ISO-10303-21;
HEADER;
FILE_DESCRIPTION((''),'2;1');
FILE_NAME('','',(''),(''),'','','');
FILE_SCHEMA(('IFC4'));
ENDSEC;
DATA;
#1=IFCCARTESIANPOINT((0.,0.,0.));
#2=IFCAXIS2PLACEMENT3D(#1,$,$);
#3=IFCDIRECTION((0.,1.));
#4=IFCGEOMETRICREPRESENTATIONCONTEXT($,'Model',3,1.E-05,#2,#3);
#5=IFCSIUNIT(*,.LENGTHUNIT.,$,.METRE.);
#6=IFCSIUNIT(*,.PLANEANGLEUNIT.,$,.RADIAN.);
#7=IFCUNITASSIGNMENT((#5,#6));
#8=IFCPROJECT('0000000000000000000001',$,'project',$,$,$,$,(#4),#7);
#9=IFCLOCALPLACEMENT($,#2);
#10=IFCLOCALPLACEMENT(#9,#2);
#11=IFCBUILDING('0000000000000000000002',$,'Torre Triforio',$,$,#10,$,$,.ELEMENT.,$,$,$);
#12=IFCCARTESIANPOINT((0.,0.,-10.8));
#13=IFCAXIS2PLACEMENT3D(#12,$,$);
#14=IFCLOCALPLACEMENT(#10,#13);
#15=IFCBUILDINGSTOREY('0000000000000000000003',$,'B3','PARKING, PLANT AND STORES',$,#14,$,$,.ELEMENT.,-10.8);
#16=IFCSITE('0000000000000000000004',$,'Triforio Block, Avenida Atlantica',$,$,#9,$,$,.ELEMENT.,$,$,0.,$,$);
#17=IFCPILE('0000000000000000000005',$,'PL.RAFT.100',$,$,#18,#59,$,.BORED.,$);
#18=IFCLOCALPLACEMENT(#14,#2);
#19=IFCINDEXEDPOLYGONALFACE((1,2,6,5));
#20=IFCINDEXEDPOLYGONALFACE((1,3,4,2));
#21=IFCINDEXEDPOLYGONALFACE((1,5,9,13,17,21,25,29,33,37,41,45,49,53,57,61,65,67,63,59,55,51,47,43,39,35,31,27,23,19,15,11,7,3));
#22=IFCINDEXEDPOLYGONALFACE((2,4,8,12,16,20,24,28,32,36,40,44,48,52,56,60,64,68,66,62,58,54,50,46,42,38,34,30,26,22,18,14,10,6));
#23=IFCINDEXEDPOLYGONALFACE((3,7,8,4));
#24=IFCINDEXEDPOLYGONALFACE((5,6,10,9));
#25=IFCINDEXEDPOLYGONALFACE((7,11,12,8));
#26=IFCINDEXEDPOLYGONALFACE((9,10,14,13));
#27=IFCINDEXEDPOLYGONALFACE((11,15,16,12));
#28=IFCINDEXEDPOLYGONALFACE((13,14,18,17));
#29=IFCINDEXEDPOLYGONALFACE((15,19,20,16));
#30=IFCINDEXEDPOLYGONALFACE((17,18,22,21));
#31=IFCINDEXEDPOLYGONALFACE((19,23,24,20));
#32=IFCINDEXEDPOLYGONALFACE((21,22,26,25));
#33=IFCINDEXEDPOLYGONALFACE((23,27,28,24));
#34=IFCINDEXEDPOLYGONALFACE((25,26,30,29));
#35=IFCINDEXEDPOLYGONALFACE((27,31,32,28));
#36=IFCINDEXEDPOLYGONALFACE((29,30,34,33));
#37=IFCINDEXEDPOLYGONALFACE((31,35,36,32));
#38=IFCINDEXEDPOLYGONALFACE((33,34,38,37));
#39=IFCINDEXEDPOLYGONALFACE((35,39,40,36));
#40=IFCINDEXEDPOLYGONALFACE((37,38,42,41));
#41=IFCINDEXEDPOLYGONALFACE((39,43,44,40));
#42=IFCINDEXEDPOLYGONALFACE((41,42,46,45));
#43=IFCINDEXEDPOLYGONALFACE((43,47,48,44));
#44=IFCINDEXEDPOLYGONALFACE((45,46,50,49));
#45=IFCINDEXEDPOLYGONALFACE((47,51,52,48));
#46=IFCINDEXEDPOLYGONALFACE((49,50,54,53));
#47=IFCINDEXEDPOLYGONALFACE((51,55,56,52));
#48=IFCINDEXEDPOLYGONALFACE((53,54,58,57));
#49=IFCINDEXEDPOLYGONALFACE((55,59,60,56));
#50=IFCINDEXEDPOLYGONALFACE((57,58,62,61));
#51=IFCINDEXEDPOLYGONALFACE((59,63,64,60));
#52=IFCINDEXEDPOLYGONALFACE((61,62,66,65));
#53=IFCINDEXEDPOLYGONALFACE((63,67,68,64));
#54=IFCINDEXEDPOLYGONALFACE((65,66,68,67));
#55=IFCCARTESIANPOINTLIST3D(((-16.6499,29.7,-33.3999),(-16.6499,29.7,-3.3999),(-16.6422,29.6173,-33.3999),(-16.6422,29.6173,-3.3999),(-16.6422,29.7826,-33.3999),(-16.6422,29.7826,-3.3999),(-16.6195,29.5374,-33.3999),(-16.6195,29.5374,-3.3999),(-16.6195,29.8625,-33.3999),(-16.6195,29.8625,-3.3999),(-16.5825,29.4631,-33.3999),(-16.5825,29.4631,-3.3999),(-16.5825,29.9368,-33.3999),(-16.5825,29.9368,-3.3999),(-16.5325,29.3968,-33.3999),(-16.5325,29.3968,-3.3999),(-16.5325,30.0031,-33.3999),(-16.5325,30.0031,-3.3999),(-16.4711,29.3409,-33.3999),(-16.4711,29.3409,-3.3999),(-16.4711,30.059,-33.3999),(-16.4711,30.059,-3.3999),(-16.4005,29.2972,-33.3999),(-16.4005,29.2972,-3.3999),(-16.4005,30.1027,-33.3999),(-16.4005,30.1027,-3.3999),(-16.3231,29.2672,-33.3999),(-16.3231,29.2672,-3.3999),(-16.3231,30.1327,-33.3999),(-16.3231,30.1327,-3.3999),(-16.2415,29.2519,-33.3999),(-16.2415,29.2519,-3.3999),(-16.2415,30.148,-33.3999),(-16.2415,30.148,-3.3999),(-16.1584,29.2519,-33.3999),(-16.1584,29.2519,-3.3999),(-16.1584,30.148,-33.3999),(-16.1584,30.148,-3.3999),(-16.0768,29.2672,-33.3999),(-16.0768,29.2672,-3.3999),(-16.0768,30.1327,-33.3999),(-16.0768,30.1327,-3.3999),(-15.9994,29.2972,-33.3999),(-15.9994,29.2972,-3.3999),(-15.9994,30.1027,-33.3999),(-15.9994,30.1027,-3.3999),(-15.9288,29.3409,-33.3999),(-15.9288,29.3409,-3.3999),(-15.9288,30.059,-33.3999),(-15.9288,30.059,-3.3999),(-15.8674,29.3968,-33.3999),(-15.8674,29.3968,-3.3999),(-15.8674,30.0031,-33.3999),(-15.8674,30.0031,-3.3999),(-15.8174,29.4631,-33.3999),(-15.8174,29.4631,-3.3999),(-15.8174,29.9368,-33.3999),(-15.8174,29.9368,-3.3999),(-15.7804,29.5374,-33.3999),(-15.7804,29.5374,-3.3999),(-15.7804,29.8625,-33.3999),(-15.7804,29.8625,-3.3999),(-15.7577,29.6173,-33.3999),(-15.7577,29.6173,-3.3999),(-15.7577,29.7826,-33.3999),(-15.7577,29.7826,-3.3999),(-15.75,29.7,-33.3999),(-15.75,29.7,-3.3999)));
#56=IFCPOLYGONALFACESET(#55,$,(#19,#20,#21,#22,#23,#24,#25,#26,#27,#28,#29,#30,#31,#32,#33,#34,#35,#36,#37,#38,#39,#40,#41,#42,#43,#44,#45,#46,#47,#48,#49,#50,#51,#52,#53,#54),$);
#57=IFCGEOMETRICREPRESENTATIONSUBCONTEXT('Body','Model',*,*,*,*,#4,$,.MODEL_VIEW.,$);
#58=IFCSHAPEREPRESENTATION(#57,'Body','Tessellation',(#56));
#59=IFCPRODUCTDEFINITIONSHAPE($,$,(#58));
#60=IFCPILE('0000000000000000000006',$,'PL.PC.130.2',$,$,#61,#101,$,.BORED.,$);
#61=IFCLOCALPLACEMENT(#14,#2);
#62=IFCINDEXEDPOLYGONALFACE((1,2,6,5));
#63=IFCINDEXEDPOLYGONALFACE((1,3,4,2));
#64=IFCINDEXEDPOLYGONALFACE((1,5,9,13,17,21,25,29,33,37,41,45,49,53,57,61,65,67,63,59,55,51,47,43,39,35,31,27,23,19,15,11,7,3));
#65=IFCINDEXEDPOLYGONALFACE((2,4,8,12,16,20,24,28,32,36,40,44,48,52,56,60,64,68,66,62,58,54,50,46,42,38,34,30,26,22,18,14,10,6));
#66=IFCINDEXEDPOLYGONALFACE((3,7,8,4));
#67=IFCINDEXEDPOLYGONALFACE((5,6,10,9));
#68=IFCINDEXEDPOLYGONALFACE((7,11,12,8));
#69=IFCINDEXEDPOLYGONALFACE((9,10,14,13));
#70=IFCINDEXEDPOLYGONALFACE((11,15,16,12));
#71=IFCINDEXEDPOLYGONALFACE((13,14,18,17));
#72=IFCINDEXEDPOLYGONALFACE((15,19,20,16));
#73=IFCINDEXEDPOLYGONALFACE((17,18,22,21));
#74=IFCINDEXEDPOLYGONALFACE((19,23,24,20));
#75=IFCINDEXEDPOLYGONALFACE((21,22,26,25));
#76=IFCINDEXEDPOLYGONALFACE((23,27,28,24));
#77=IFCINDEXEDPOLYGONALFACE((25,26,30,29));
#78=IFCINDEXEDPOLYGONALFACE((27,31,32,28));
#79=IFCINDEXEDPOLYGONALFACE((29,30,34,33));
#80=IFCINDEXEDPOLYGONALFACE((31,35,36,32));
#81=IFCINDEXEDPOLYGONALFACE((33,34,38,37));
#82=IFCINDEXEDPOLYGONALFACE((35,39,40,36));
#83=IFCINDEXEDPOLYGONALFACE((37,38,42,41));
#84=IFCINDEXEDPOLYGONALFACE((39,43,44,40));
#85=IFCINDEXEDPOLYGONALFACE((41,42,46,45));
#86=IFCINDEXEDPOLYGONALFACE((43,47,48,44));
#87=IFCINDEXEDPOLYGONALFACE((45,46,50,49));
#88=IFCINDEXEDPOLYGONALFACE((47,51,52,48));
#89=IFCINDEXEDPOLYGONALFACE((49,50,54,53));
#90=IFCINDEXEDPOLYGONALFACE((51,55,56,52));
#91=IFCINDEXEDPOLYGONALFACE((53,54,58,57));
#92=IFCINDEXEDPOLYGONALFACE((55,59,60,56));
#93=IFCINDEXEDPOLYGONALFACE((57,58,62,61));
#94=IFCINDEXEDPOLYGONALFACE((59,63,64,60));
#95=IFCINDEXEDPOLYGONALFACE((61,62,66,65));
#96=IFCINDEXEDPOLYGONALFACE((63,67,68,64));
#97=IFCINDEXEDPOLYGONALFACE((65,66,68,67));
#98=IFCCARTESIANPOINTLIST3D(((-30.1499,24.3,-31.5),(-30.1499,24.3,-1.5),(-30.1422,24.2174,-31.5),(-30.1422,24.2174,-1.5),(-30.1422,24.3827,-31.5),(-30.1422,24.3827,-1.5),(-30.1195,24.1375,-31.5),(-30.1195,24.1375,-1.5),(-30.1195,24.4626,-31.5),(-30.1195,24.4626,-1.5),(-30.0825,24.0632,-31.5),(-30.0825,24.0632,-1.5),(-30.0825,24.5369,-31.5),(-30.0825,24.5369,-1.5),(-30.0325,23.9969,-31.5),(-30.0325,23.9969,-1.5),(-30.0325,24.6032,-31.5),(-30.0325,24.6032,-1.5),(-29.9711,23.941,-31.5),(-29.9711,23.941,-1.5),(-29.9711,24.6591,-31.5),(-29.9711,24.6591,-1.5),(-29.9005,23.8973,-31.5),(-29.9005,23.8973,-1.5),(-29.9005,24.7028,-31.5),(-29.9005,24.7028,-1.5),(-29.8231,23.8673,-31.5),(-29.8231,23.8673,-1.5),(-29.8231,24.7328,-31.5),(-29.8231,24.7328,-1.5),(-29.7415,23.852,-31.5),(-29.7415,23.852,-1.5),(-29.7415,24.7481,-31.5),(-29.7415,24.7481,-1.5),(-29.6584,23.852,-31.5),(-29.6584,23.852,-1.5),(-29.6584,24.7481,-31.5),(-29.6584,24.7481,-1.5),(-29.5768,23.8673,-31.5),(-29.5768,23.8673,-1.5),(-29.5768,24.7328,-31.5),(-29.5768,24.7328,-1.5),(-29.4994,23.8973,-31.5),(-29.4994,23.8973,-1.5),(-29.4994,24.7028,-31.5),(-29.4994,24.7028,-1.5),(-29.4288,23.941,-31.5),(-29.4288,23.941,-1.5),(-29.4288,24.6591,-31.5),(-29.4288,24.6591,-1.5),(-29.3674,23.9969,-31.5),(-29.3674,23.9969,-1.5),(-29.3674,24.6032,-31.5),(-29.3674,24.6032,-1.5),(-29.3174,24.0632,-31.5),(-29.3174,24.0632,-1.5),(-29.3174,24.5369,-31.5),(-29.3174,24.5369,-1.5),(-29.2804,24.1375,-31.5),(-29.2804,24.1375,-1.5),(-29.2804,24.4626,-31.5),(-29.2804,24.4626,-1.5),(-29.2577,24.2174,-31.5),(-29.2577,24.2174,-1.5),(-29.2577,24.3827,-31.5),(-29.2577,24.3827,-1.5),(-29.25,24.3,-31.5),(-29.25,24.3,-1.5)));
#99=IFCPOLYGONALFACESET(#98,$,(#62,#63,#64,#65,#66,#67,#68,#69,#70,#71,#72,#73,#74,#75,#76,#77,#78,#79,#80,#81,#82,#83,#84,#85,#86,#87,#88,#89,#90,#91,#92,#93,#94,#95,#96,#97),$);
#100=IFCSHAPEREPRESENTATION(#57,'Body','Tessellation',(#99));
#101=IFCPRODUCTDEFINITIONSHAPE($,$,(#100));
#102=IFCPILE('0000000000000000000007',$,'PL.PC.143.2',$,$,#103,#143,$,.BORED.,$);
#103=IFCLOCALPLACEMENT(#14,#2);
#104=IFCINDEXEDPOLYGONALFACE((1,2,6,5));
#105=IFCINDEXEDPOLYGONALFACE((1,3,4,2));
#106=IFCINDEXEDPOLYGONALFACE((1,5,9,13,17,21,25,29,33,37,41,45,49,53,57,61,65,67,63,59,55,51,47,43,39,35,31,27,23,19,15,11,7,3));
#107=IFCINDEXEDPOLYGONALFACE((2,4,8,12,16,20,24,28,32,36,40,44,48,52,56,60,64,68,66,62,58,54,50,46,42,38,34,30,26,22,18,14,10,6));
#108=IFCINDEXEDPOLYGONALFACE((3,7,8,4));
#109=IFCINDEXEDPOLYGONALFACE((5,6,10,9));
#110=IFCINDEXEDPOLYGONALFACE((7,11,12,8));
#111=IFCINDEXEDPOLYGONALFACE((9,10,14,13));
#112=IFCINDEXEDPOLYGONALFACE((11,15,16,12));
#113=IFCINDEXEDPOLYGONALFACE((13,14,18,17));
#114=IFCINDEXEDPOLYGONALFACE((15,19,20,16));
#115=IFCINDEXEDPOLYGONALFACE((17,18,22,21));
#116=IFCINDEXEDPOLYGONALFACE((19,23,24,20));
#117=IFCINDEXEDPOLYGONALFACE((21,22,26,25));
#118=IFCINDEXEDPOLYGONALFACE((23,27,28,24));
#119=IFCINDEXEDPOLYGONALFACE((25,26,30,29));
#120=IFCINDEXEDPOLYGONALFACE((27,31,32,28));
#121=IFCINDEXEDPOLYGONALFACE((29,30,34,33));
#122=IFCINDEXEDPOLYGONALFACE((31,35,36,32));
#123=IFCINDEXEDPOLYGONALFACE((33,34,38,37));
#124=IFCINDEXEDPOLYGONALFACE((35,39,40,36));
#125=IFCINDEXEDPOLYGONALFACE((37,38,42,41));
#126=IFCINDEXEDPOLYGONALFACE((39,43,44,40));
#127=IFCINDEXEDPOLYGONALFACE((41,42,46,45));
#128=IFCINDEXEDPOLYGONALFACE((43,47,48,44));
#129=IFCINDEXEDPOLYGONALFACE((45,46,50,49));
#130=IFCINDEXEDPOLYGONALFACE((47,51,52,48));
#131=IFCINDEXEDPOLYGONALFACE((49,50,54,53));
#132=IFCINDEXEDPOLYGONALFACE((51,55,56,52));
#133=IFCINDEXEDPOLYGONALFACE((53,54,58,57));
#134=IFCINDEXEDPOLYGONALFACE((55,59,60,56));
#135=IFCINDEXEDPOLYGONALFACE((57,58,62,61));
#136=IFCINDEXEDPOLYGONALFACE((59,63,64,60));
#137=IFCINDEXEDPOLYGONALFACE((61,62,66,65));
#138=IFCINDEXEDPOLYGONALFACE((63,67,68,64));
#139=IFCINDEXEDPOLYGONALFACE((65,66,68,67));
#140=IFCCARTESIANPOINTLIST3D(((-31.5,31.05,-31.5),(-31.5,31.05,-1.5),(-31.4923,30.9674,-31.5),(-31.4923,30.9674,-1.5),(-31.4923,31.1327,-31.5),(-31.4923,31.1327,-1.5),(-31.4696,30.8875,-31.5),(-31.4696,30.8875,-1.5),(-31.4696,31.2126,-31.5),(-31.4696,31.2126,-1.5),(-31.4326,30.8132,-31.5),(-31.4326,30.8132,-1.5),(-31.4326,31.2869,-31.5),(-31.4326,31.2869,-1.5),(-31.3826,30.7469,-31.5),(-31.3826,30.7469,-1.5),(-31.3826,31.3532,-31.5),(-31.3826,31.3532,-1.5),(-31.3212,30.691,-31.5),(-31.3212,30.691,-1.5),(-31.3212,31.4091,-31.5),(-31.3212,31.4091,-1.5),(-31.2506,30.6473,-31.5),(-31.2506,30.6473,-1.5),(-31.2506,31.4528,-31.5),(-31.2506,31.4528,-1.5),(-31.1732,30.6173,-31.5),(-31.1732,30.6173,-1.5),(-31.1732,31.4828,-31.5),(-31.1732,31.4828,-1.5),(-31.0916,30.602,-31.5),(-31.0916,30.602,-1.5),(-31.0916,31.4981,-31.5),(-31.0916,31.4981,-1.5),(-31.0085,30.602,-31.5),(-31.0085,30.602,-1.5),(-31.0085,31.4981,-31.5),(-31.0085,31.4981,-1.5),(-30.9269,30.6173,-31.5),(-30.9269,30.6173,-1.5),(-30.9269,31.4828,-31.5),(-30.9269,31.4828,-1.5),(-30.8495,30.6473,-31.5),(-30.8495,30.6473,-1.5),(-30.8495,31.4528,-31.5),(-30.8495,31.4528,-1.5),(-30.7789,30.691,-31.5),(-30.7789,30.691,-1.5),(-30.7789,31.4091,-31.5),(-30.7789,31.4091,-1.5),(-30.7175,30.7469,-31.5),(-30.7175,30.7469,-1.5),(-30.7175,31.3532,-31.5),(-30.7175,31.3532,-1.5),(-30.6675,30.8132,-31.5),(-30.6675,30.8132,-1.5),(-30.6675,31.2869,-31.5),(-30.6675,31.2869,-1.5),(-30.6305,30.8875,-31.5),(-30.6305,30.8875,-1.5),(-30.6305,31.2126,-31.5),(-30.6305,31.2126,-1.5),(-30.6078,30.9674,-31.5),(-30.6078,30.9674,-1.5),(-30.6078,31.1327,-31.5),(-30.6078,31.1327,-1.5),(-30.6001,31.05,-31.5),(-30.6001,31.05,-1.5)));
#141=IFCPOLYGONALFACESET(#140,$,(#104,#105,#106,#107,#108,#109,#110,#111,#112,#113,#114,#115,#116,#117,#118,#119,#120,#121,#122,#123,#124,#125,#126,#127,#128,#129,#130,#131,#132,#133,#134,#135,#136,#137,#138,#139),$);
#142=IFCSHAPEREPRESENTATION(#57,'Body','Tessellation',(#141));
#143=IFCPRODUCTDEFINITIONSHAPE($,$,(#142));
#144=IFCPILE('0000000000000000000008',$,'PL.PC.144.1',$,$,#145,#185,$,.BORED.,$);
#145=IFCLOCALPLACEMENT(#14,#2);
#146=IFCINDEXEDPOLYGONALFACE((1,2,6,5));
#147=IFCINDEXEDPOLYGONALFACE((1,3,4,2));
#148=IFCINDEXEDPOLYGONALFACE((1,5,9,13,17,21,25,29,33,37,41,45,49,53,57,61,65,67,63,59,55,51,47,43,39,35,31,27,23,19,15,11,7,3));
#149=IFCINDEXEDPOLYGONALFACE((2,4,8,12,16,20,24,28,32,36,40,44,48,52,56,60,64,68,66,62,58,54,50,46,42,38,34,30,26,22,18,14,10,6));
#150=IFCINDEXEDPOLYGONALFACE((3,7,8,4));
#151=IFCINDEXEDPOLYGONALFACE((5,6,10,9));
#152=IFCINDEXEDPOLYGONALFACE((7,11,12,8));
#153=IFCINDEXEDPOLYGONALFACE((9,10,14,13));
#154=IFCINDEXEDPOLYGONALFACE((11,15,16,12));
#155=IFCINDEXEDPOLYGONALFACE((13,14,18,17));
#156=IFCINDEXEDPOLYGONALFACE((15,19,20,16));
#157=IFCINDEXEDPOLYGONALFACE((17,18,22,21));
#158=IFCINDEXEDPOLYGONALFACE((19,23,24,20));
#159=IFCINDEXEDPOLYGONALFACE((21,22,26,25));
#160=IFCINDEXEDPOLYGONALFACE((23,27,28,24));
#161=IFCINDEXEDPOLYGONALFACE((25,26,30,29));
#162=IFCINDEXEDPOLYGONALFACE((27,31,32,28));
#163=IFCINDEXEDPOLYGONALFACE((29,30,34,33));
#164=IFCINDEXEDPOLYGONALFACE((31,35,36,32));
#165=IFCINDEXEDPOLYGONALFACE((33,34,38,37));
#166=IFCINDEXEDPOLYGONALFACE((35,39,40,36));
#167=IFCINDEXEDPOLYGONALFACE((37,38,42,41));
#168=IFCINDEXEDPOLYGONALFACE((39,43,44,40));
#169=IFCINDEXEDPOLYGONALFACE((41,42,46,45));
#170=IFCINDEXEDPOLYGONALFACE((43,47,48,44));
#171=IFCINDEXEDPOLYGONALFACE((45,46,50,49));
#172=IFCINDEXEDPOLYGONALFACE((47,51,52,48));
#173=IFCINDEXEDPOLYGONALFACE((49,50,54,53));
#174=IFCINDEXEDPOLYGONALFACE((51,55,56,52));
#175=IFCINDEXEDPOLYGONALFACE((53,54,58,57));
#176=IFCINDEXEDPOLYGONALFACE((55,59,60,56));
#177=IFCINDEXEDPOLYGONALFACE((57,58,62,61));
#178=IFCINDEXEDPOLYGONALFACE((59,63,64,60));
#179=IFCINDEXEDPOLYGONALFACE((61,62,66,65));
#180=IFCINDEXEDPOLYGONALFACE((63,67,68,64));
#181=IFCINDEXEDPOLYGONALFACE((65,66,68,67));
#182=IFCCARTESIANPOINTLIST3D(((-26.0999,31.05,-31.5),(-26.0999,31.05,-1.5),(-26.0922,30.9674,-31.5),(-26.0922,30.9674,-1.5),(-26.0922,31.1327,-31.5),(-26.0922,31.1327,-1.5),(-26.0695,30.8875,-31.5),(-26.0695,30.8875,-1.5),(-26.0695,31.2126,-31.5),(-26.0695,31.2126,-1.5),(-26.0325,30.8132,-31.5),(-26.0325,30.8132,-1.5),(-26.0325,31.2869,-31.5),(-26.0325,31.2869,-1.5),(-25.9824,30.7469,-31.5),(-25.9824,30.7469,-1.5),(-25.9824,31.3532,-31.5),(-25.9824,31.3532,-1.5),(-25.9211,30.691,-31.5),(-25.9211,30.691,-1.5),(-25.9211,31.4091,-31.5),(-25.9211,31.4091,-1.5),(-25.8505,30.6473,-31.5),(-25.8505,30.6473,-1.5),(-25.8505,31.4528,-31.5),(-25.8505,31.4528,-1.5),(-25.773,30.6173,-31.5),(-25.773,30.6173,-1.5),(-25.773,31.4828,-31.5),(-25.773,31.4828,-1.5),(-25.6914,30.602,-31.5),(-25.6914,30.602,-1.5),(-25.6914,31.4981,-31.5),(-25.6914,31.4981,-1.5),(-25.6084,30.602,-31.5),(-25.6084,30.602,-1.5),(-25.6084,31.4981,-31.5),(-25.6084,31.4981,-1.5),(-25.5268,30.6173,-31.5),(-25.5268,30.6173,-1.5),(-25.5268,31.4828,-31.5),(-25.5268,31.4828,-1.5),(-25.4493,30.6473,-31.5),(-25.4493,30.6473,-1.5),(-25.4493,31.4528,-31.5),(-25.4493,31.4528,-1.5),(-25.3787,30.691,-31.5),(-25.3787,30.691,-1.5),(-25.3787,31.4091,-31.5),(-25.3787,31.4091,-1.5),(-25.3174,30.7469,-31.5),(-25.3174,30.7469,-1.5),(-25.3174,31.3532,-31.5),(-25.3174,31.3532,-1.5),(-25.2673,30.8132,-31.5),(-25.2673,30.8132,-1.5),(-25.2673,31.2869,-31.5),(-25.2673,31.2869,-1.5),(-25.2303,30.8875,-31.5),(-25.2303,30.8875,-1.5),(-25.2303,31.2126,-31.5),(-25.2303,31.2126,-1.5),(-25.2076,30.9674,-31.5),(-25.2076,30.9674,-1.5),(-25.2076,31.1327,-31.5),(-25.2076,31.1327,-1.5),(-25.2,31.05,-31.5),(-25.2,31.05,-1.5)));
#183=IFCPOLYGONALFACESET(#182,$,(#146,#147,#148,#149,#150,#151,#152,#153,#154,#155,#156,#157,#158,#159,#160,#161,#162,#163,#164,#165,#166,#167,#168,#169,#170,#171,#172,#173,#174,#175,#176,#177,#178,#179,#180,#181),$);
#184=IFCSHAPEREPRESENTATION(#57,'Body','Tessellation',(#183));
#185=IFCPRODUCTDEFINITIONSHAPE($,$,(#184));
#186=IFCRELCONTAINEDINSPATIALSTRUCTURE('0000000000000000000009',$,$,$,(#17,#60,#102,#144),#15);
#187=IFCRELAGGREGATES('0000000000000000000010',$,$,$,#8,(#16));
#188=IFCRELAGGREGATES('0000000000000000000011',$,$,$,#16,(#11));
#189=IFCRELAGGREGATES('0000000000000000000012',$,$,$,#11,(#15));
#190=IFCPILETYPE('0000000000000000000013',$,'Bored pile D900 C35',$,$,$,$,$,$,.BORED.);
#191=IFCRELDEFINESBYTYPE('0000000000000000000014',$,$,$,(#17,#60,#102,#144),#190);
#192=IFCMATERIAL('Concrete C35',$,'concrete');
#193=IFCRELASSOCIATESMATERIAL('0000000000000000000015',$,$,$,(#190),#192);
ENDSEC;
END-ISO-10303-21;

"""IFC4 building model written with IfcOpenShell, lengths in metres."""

from ifc_helpers import new_model, si_unit, direction, frame, origin, origin_2d, place, context, subcontext, project, spatial, circle, extrude, material, material_profile, profile_set, type_object, element, save


model = new_model("IFC4")

# Units and contexts
model_context = context("Model", 3, precision=1e-05, world=origin(), true_north=direction((0.0, 1.0)))
body_context = subcontext(model_context, "Body", "Model", "MODEL_VIEW")
ifc_project = project(units=[si_unit("LENGTHUNIT", "METRE"), si_unit("PLANEANGLEUNIT", "RADIAN")], contexts=[model_context])

# Site, building, storey
site_placement = place(None, origin())
site = spatial("IfcSite", under=ifc_project, at=site_placement, Name="Triforio Block, Avenida Atlantica", CompositionType="ELEMENT", RefElevation=0.0)
building_placement = place(site_placement, origin())
building = spatial("IfcBuilding", under=site, at=building_placement, Name="Torre Triforio", CompositionType="ELEMENT")
storey_placement = place(building_placement, frame((0.0, 0.0, -10.8)))
storey = spatial("IfcBuildingStorey", under=building, at=storey_placement, Name="B3", Description="PARKING, PLANT AND STORES", CompositionType="ELEMENT", Elevation=-10.8)

# Piles
ifc_material_1 = material(Name="Concrete C35", Category="concrete")
ifc_material_profile_1 = material_profile(ifc_material_1, circle(Radius=0.45, at=origin_2d()), Name="RC D900")
ifc_profile_set_1 = profile_set([ifc_material_profile_1], Name="Concrete C35")
pile_type = type_object("IfcPileType", Name="Bored pile D900 C35", PredefinedType="BORED", material=ifc_profile_set_1)
for number, where, z_axis, x_axis, name in (
    (1, (-16.2, 29.7, -3.3999), (0.0, 0.0, -1.0), (1.0, 0.0, 0.0), "PL.RAFT.100"),
    (2, (-29.7, 24.3, -1.5), (0.0, 0.0, -1.0), (1.0, 0.0, 0.0), "PL.PC.130.2"),
    (3, (-31.05, 31.05, -1.5), (0.0, 0.0, -1.0), (1.0, 0.0, 0.0), "PL.PC.143.2"),
    (4, (-25.6499, 31.05, -1.5), (0.0, 0.0, -1.0), (1.0, 0.0, 0.0), "PL.PC.144.1"),
):
    element("IfcPile", number, at=place(storey_placement, frame(where, z_axis=z_axis, x_axis=x_axis)), inside=storey, type_object=pile_type, Name=name, PredefinedType="BORED", context=body_context, shape_type="SweptSolid", body=[
        extrude(circle(Radius=0.45, at=origin_2d()), origin(), (0.0, 0.0, 1.0), 30.0),
    ])

save(model, "model.ifc")
